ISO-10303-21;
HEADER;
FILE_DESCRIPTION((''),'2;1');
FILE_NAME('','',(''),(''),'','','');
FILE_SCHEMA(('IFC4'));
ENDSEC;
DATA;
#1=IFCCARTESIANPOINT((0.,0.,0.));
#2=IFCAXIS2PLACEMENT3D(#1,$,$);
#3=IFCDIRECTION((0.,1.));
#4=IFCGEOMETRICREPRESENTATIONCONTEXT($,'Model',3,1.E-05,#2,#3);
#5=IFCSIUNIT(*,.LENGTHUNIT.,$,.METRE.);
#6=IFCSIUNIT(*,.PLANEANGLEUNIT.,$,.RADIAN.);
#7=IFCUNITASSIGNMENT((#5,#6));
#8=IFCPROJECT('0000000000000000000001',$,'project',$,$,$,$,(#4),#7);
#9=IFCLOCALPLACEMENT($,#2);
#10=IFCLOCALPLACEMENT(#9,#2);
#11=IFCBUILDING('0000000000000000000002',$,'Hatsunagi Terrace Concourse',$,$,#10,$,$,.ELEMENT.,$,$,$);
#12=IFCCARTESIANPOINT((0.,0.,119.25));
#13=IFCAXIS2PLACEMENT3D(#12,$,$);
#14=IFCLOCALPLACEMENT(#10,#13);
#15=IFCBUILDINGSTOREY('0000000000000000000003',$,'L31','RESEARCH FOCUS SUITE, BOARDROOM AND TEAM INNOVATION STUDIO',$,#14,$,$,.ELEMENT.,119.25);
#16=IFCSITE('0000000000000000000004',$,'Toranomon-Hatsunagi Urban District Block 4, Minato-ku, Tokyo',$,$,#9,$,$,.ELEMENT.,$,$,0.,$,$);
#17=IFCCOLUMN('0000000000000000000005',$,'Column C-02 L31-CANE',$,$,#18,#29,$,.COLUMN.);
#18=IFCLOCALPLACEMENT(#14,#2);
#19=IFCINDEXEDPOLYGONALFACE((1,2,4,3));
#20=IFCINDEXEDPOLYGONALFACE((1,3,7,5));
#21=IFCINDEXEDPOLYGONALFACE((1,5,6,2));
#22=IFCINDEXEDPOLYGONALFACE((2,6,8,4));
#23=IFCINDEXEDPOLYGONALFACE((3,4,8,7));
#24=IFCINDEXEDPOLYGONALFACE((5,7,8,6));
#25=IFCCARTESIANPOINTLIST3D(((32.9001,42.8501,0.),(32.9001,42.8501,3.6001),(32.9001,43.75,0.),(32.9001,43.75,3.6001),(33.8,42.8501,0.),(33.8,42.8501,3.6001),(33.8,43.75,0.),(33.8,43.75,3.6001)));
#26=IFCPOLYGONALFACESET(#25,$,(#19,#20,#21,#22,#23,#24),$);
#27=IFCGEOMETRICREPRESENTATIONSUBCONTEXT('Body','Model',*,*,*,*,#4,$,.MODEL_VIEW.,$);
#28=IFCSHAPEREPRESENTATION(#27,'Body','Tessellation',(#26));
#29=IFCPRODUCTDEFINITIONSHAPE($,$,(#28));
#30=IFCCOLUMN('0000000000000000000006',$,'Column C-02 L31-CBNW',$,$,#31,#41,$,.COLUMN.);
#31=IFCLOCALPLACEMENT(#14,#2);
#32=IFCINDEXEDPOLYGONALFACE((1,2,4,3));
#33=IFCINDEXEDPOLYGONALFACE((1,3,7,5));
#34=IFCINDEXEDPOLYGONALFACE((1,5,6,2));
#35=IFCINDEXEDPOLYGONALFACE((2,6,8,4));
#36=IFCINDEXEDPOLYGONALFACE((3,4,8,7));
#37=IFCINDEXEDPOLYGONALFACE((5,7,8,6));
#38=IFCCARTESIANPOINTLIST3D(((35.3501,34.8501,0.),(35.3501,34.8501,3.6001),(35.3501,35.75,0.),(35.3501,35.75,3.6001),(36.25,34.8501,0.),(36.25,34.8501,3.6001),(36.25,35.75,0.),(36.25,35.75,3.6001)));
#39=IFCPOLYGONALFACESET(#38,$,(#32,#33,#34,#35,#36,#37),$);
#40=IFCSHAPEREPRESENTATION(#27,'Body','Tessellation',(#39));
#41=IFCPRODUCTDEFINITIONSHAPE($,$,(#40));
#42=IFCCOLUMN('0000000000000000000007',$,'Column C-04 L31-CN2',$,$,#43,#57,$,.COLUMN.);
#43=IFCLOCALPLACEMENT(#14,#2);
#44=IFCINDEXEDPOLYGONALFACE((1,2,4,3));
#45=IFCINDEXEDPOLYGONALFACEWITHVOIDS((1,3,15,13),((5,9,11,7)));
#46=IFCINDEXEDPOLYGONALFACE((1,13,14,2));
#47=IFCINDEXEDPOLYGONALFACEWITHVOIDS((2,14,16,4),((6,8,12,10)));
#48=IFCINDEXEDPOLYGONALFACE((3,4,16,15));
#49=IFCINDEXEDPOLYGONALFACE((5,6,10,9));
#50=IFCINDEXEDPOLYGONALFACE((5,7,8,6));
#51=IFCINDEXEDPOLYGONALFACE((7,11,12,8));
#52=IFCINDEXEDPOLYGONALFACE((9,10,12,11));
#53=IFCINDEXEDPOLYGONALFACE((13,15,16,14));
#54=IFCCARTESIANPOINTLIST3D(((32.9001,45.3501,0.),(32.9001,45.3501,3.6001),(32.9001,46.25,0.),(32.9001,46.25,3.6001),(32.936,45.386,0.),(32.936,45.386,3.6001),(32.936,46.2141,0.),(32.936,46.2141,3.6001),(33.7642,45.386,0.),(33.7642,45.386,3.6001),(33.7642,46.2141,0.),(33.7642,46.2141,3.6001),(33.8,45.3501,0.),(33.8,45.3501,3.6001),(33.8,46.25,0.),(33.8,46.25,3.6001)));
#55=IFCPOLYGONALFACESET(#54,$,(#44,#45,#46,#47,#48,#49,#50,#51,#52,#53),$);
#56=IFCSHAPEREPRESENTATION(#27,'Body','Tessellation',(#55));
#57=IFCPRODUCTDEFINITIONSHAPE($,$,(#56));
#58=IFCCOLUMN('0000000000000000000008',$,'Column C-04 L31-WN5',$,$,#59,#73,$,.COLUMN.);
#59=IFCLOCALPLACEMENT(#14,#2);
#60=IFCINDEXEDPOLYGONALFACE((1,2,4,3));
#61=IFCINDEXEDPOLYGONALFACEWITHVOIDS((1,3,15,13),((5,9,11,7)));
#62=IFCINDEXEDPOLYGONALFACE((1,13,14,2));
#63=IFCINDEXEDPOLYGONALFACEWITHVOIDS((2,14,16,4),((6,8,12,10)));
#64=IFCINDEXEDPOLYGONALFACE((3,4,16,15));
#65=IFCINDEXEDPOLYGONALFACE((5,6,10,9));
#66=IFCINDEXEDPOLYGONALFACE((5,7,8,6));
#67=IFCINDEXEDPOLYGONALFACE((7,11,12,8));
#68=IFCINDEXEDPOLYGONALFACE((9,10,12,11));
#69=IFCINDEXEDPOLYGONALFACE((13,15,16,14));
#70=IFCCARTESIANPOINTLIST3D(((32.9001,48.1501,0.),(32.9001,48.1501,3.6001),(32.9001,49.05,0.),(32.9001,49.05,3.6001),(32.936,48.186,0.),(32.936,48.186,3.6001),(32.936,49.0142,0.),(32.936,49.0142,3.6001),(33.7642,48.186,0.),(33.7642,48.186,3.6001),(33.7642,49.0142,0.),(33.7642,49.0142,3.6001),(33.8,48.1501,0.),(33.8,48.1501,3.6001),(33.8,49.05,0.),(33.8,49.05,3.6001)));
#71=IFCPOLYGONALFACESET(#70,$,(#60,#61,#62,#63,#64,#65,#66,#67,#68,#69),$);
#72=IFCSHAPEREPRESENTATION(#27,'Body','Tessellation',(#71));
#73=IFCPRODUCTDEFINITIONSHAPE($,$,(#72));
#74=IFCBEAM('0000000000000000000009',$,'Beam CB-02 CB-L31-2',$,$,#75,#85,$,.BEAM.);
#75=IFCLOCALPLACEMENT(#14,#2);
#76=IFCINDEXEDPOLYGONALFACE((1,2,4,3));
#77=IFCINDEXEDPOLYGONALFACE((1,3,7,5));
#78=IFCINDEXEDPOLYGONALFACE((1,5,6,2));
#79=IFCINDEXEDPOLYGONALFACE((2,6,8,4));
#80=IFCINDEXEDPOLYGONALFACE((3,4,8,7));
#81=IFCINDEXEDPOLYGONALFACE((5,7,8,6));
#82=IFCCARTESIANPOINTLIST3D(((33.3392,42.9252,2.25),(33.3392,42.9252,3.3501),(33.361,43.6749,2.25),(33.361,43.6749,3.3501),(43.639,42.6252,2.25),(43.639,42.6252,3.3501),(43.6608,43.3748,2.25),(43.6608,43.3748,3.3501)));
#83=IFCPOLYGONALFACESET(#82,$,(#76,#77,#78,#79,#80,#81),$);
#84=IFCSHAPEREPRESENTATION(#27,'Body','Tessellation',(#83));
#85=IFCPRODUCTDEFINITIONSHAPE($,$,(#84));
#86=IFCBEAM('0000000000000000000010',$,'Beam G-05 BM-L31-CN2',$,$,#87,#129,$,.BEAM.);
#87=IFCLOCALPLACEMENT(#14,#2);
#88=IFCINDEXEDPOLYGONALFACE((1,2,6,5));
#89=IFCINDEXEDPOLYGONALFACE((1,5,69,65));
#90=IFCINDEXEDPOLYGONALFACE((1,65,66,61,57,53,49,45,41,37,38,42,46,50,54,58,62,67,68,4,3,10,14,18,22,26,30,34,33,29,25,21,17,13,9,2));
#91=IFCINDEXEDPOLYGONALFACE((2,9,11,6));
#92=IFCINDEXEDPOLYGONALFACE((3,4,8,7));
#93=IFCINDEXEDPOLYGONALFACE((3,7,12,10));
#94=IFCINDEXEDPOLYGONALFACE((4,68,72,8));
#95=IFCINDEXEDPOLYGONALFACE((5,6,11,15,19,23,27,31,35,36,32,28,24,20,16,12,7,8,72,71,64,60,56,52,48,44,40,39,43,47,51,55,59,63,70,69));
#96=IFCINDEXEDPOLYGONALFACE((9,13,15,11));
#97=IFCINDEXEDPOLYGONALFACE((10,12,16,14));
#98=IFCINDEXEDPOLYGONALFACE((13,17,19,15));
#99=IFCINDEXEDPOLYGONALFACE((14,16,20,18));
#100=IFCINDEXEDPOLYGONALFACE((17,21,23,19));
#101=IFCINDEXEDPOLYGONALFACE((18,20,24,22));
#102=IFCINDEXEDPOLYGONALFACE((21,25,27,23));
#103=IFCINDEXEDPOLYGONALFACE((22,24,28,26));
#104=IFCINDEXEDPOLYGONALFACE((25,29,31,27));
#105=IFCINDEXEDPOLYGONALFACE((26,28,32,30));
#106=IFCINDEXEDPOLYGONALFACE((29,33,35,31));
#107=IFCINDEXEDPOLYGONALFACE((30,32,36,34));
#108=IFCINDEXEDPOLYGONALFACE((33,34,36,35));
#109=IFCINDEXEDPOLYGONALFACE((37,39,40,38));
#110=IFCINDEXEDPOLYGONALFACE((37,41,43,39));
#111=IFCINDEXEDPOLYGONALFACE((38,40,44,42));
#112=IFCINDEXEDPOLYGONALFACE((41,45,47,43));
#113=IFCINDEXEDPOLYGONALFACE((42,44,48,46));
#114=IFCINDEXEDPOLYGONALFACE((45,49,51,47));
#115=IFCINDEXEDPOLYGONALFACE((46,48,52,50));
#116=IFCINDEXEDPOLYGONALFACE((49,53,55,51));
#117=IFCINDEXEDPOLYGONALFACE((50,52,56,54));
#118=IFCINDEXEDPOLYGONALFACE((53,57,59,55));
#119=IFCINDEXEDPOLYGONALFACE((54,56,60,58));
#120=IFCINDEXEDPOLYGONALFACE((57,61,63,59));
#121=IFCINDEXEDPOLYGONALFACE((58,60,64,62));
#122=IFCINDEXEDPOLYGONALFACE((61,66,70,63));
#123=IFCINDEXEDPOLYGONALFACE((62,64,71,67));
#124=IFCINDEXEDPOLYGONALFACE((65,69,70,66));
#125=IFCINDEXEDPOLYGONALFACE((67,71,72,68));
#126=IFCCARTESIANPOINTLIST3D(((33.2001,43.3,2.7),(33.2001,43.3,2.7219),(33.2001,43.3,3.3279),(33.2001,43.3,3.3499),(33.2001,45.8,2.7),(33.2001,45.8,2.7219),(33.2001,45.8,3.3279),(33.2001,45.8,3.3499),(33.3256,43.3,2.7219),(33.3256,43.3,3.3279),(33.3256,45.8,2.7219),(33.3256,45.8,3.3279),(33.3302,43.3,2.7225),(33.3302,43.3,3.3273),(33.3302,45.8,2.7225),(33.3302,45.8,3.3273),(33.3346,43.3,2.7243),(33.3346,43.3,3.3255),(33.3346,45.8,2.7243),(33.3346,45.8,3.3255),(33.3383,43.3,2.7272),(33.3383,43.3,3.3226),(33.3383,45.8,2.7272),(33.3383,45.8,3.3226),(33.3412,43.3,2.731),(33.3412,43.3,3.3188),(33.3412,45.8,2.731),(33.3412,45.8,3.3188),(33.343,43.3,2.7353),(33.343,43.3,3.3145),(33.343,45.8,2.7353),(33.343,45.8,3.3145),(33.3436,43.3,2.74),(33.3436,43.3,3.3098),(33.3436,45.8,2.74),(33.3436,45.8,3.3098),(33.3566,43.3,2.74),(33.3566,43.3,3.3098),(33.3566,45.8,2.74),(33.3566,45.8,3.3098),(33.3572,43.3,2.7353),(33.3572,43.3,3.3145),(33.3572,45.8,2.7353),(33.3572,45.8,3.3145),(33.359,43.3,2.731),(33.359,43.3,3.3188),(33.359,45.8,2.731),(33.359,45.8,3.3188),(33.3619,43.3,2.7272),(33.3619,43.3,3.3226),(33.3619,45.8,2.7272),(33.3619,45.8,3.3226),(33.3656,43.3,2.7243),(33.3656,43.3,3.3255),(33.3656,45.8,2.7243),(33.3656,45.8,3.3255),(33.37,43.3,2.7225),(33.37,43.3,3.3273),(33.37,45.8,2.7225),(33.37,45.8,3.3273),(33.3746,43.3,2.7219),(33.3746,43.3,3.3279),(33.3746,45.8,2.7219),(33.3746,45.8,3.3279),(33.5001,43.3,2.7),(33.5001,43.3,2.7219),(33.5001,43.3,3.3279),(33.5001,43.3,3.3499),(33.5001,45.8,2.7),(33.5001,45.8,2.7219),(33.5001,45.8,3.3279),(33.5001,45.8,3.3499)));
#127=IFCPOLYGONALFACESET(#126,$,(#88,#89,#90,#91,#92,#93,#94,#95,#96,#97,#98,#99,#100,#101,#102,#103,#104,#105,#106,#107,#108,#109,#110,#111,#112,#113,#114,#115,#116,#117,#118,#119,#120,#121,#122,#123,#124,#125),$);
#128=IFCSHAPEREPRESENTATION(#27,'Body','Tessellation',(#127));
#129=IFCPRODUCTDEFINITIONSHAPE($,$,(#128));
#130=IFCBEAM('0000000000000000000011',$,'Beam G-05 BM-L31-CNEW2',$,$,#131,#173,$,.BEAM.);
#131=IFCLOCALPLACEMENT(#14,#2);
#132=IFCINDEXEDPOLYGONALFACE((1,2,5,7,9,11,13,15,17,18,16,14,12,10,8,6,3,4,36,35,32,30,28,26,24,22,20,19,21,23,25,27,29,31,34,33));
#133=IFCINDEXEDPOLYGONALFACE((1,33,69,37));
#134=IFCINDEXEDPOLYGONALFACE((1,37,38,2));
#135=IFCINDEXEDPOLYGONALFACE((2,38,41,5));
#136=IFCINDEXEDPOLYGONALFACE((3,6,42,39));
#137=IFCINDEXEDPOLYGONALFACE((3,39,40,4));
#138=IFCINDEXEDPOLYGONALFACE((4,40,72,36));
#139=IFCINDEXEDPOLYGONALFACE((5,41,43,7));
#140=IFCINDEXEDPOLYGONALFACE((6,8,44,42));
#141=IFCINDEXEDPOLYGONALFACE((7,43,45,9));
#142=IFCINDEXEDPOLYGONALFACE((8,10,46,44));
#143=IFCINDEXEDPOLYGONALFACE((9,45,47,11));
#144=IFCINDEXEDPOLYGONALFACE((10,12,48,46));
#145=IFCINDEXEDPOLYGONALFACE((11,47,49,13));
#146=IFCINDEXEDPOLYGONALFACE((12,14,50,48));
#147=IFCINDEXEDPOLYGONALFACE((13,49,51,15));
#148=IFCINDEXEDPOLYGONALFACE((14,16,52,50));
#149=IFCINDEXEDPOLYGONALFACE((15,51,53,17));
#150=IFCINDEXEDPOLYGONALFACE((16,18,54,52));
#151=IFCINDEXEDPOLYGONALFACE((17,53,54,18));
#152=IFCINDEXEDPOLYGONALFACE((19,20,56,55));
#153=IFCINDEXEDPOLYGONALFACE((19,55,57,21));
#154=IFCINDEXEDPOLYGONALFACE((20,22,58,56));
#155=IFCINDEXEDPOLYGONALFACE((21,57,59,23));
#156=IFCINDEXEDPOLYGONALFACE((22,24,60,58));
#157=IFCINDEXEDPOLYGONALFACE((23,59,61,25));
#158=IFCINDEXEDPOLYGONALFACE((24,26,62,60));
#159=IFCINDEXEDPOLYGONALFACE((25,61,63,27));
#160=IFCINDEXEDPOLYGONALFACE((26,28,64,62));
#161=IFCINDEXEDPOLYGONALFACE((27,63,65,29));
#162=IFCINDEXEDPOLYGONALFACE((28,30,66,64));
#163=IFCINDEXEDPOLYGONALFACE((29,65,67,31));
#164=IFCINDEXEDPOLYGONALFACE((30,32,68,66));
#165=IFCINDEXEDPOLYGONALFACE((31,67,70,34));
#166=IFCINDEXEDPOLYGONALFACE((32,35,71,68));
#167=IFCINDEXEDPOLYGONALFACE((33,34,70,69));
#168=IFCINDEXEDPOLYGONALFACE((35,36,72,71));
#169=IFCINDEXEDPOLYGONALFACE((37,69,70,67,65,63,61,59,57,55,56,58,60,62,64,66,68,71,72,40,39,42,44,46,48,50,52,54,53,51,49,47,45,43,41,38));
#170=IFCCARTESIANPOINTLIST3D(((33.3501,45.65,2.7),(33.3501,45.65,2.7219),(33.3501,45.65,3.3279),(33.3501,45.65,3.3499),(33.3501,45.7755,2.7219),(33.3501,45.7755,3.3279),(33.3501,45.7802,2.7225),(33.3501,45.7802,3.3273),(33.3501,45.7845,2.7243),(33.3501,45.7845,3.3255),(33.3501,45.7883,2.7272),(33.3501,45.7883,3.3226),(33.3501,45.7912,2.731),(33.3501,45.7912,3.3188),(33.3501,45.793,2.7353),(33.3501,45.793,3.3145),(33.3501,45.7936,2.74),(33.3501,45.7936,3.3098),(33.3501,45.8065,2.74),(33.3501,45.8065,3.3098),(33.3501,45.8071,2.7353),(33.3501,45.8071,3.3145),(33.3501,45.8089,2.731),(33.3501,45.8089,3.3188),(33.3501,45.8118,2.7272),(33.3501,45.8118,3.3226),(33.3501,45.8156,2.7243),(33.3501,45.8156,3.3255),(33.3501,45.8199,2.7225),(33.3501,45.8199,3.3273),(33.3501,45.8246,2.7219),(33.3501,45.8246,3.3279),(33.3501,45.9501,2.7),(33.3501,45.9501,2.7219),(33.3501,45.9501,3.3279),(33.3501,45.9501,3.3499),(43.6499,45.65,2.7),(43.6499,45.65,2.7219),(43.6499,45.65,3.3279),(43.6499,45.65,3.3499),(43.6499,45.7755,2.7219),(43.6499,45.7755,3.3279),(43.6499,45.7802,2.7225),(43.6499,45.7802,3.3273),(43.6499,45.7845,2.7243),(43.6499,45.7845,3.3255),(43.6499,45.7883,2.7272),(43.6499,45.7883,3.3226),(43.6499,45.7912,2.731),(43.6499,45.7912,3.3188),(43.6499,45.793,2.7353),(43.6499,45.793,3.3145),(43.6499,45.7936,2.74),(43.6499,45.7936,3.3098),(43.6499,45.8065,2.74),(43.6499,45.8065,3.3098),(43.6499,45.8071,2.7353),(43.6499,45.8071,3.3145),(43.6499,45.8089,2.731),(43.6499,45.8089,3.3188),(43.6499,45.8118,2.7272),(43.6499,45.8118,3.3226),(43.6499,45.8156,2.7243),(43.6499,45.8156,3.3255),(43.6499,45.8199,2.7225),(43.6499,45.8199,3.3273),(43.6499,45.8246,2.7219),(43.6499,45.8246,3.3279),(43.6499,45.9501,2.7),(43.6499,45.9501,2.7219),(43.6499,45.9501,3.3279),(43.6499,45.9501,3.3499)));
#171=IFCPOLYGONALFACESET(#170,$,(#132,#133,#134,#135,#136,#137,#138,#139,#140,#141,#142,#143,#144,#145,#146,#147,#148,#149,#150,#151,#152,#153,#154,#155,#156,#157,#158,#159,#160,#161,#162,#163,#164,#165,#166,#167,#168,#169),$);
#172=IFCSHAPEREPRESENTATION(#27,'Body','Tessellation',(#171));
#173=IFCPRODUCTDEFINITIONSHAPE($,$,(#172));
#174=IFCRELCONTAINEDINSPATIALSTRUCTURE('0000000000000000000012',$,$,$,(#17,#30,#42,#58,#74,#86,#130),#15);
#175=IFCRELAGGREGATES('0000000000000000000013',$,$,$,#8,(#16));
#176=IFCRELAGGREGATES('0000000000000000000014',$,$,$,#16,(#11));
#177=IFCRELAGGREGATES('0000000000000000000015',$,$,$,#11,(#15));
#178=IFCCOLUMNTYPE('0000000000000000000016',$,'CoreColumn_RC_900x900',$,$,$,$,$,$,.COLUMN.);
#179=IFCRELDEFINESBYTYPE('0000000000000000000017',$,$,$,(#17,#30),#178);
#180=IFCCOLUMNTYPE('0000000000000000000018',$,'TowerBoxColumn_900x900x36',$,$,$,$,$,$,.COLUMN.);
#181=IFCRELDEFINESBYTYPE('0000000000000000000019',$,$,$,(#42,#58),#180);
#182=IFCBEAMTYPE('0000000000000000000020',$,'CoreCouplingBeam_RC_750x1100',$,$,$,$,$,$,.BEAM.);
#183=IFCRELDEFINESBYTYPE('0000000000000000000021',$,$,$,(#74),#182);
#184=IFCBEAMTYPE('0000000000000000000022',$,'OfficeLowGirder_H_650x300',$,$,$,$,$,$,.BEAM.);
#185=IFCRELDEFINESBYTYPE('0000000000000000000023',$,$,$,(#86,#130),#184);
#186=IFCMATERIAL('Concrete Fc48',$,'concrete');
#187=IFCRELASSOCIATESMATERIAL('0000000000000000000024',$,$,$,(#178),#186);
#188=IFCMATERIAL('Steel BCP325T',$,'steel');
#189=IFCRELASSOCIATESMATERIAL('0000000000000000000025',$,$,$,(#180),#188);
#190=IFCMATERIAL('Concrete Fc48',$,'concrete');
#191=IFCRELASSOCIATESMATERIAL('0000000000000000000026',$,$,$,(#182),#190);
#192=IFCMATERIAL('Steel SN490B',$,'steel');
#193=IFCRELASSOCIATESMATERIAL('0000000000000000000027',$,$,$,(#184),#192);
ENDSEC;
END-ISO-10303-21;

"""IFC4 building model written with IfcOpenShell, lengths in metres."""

from ifc_helpers import new_model, si_unit, direction, frame, origin, origin_2d, place, context, subcontext, project, spatial, rectangle, hollow_rectangle, i_section, extrude, material, material_profile, profile_set, type_object, element, save


model = new_model("IFC4")

# Units and contexts
model_context = context("Model", 3, precision=1e-05, world=origin(), true_north=direction((0.0, 1.0)))
body_context = subcontext(model_context, "Body", "Model", "MODEL_VIEW")
ifc_project = project(units=[si_unit("LENGTHUNIT", "METRE"), si_unit("PLANEANGLEUNIT", "RADIAN")], contexts=[model_context])

# Site, building, storey
site_placement = place(None, origin())
site = spatial("IfcSite", under=ifc_project, at=site_placement, Name="Toranomon-Hatsunagi Urban District Block 4, Minato-ku, Tokyo", CompositionType="ELEMENT", RefElevation=0.0)
building_placement = place(site_placement, origin())
building = spatial("IfcBuilding", under=site, at=building_placement, Name="Hatsunagi Terrace Concourse", CompositionType="ELEMENT")
storey_placement = place(building_placement, frame((0.0, 0.0, 119.25)))
storey = spatial("IfcBuildingStorey", under=building, at=storey_placement, Name="L31", Description="RESEARCH FOCUS SUITE, BOARDROOM AND TEAM INNOVATION STUDIO", CompositionType="ELEMENT", Elevation=119.25)

# Columns
ifc_material_1 = material(Name="Concrete Fc48", Category="concrete")
ifc_material_profile_1 = material_profile(ifc_material_1, rectangle(XDim=0.8999, YDim=0.8999, at=origin_2d()), Name="RC-900x900")
ifc_profile_set_1 = profile_set([ifc_material_profile_1], Name="Concrete Fc48")
column_type_1 = type_object("IfcColumnType", Name="CoreColumn_RC_900x900", PredefinedType="COLUMN", material=ifc_profile_set_1)
for number, where, z_axis, x_axis, name in (
    (1, (33.3501, 43.3, 0.0), (0.0, 0.0, 1.0), (1.0, 0.0, 0.0), "Column C-02 L31-CANE"),
    (2, (35.8, 35.3, 0.0), (0.0, 0.0, 1.0), (1.0, 0.0, 0.0), "Column C-02 L31-CBNW"),
):
    element("IfcColumn", number, at=place(storey_placement, frame(where, z_axis=z_axis, x_axis=x_axis)), inside=storey, type_object=column_type_1, Name=name, PredefinedType="COLUMN", context=body_context, shape_type="SweptSolid", body=[
        extrude(rectangle(XDim=0.8999, YDim=0.8999, at=origin_2d()), origin(), (0.0, 0.0, 1.0), 3.6001),
    ])
ifc_material_2 = material(Name="Steel BCP325T", Category="steel")
ifc_material_profile_2 = material_profile(ifc_material_2, hollow_rectangle(XDim=0.8999, YDim=0.8999, WallThickness=0.0359, at=origin_2d()), Name="BCP-900x900x36")
ifc_profile_set_2 = profile_set([ifc_material_profile_2], Name="Steel BCP325T")
column_type_2 = type_object("IfcColumnType", Name="TowerBoxColumn_900x900x36", PredefinedType="COLUMN", material=ifc_profile_set_2)
for number, where, z_axis, x_axis, name in (
    (3, (33.3501, 45.8, 0.0), (0.0, 0.0, 1.0), (1.0, 0.0, 0.0), "Column C-04 L31-CN2"),
    (4, (33.3501, 48.6001, 0.0), (0.0, 0.0, 1.0), (1.0, 0.0, 0.0), "Column C-04 L31-WN5"),
):
    element("IfcColumn", number, at=place(storey_placement, frame(where, z_axis=z_axis, x_axis=x_axis)), inside=storey, type_object=column_type_2, Name=name, PredefinedType="COLUMN", context=body_context, shape_type="SweptSolid", body=[
        extrude(hollow_rectangle(XDim=0.8999, YDim=0.8999, WallThickness=0.0359, at=origin_2d()), origin(), (0.0, 0.0, 1.0), 3.6001),
    ])

# Beams
ifc_material_3 = material(Name="Concrete Fc48", Category="concrete")
ifc_material_profile_3 = material_profile(ifc_material_3, rectangle(XDim=0.75, YDim=1.1001, at=origin_2d()), Name="RC-750x1100")
ifc_profile_set_3 = profile_set([ifc_material_profile_3], Name="Concrete Fc48")
beam_type_1 = type_object("IfcBeamType", Name="CoreCouplingBeam_RC_750x1100", PredefinedType="BEAM", material=ifc_profile_set_3)
beam_1_placement = place(storey_placement, frame((33.3501, 43.3, 2.8), z_axis=(0.999576, -0.029119, 0.0), x_axis=(0.029119, 0.999576, 0.0)))
element("IfcBeam", 5, at=beam_1_placement, inside=storey, type_object=beam_type_1, Name="Beam CB-02 CB-L31-2", PredefinedType="BEAM", context=body_context, shape_type="SweptSolid", body=[
    extrude(rectangle(XDim=0.75, YDim=1.1001, at=origin_2d()), origin(), (0.0, 0.0, 1.0), 10.3042),
])
ifc_material_4 = material(Name="Steel SN490B", Category="steel")
ifc_material_profile_4 = material_profile(ifc_material_4, i_section(OverallWidth=0.3, OverallDepth=0.6499, WebThickness=0.0129, FlangeThickness=0.022, FilletRadius=0.0181, at=origin_2d()), Name="H-650x300x13x22")
ifc_profile_set_4 = profile_set([ifc_material_profile_4], Name="Steel SN490B")
beam_type_2 = type_object("IfcBeamType", Name="OfficeLowGirder_H_650x300", PredefinedType="BEAM", material=ifc_profile_set_4)
beam_2_placement = place(storey_placement, frame((33.3501, 43.3, 3.0249), z_axis=(0.0, 1.0, 0.0), x_axis=(-1.0, 0.0, 0.0)))
element("IfcBeam", 6, at=beam_2_placement, inside=storey, type_object=beam_type_2, Name="Beam G-05 BM-L31-CN2", PredefinedType="BEAM", context=body_context, shape_type="SweptSolid", body=[
    extrude(i_section(OverallWidth=0.3, OverallDepth=0.6499, WebThickness=0.0129, FlangeThickness=0.022, FilletRadius=0.0181, at=origin_2d()), origin(), (0.0, 0.0, 1.0), 2.5),
])
beam_3_placement = place(storey_placement, frame((33.3501, 45.8, 3.0249), z_axis=(1.0, 0.0, 0.0), x_axis=(0.0, 1.0, 0.0)))
element("IfcBeam", 7, at=beam_3_placement, inside=storey, type_object=beam_type_2, Name="Beam G-05 BM-L31-CNEW2", PredefinedType="BEAM", context=body_context, shape_type="SweptSolid", body=[
    extrude(i_section(OverallWidth=0.3, OverallDepth=0.6499, WebThickness=0.0129, FlangeThickness=0.022, FilletRadius=0.0181, at=origin_2d()), origin(), (0.0, 0.0, 1.0), 10.2998),
])

save(model, "model.ifc")
